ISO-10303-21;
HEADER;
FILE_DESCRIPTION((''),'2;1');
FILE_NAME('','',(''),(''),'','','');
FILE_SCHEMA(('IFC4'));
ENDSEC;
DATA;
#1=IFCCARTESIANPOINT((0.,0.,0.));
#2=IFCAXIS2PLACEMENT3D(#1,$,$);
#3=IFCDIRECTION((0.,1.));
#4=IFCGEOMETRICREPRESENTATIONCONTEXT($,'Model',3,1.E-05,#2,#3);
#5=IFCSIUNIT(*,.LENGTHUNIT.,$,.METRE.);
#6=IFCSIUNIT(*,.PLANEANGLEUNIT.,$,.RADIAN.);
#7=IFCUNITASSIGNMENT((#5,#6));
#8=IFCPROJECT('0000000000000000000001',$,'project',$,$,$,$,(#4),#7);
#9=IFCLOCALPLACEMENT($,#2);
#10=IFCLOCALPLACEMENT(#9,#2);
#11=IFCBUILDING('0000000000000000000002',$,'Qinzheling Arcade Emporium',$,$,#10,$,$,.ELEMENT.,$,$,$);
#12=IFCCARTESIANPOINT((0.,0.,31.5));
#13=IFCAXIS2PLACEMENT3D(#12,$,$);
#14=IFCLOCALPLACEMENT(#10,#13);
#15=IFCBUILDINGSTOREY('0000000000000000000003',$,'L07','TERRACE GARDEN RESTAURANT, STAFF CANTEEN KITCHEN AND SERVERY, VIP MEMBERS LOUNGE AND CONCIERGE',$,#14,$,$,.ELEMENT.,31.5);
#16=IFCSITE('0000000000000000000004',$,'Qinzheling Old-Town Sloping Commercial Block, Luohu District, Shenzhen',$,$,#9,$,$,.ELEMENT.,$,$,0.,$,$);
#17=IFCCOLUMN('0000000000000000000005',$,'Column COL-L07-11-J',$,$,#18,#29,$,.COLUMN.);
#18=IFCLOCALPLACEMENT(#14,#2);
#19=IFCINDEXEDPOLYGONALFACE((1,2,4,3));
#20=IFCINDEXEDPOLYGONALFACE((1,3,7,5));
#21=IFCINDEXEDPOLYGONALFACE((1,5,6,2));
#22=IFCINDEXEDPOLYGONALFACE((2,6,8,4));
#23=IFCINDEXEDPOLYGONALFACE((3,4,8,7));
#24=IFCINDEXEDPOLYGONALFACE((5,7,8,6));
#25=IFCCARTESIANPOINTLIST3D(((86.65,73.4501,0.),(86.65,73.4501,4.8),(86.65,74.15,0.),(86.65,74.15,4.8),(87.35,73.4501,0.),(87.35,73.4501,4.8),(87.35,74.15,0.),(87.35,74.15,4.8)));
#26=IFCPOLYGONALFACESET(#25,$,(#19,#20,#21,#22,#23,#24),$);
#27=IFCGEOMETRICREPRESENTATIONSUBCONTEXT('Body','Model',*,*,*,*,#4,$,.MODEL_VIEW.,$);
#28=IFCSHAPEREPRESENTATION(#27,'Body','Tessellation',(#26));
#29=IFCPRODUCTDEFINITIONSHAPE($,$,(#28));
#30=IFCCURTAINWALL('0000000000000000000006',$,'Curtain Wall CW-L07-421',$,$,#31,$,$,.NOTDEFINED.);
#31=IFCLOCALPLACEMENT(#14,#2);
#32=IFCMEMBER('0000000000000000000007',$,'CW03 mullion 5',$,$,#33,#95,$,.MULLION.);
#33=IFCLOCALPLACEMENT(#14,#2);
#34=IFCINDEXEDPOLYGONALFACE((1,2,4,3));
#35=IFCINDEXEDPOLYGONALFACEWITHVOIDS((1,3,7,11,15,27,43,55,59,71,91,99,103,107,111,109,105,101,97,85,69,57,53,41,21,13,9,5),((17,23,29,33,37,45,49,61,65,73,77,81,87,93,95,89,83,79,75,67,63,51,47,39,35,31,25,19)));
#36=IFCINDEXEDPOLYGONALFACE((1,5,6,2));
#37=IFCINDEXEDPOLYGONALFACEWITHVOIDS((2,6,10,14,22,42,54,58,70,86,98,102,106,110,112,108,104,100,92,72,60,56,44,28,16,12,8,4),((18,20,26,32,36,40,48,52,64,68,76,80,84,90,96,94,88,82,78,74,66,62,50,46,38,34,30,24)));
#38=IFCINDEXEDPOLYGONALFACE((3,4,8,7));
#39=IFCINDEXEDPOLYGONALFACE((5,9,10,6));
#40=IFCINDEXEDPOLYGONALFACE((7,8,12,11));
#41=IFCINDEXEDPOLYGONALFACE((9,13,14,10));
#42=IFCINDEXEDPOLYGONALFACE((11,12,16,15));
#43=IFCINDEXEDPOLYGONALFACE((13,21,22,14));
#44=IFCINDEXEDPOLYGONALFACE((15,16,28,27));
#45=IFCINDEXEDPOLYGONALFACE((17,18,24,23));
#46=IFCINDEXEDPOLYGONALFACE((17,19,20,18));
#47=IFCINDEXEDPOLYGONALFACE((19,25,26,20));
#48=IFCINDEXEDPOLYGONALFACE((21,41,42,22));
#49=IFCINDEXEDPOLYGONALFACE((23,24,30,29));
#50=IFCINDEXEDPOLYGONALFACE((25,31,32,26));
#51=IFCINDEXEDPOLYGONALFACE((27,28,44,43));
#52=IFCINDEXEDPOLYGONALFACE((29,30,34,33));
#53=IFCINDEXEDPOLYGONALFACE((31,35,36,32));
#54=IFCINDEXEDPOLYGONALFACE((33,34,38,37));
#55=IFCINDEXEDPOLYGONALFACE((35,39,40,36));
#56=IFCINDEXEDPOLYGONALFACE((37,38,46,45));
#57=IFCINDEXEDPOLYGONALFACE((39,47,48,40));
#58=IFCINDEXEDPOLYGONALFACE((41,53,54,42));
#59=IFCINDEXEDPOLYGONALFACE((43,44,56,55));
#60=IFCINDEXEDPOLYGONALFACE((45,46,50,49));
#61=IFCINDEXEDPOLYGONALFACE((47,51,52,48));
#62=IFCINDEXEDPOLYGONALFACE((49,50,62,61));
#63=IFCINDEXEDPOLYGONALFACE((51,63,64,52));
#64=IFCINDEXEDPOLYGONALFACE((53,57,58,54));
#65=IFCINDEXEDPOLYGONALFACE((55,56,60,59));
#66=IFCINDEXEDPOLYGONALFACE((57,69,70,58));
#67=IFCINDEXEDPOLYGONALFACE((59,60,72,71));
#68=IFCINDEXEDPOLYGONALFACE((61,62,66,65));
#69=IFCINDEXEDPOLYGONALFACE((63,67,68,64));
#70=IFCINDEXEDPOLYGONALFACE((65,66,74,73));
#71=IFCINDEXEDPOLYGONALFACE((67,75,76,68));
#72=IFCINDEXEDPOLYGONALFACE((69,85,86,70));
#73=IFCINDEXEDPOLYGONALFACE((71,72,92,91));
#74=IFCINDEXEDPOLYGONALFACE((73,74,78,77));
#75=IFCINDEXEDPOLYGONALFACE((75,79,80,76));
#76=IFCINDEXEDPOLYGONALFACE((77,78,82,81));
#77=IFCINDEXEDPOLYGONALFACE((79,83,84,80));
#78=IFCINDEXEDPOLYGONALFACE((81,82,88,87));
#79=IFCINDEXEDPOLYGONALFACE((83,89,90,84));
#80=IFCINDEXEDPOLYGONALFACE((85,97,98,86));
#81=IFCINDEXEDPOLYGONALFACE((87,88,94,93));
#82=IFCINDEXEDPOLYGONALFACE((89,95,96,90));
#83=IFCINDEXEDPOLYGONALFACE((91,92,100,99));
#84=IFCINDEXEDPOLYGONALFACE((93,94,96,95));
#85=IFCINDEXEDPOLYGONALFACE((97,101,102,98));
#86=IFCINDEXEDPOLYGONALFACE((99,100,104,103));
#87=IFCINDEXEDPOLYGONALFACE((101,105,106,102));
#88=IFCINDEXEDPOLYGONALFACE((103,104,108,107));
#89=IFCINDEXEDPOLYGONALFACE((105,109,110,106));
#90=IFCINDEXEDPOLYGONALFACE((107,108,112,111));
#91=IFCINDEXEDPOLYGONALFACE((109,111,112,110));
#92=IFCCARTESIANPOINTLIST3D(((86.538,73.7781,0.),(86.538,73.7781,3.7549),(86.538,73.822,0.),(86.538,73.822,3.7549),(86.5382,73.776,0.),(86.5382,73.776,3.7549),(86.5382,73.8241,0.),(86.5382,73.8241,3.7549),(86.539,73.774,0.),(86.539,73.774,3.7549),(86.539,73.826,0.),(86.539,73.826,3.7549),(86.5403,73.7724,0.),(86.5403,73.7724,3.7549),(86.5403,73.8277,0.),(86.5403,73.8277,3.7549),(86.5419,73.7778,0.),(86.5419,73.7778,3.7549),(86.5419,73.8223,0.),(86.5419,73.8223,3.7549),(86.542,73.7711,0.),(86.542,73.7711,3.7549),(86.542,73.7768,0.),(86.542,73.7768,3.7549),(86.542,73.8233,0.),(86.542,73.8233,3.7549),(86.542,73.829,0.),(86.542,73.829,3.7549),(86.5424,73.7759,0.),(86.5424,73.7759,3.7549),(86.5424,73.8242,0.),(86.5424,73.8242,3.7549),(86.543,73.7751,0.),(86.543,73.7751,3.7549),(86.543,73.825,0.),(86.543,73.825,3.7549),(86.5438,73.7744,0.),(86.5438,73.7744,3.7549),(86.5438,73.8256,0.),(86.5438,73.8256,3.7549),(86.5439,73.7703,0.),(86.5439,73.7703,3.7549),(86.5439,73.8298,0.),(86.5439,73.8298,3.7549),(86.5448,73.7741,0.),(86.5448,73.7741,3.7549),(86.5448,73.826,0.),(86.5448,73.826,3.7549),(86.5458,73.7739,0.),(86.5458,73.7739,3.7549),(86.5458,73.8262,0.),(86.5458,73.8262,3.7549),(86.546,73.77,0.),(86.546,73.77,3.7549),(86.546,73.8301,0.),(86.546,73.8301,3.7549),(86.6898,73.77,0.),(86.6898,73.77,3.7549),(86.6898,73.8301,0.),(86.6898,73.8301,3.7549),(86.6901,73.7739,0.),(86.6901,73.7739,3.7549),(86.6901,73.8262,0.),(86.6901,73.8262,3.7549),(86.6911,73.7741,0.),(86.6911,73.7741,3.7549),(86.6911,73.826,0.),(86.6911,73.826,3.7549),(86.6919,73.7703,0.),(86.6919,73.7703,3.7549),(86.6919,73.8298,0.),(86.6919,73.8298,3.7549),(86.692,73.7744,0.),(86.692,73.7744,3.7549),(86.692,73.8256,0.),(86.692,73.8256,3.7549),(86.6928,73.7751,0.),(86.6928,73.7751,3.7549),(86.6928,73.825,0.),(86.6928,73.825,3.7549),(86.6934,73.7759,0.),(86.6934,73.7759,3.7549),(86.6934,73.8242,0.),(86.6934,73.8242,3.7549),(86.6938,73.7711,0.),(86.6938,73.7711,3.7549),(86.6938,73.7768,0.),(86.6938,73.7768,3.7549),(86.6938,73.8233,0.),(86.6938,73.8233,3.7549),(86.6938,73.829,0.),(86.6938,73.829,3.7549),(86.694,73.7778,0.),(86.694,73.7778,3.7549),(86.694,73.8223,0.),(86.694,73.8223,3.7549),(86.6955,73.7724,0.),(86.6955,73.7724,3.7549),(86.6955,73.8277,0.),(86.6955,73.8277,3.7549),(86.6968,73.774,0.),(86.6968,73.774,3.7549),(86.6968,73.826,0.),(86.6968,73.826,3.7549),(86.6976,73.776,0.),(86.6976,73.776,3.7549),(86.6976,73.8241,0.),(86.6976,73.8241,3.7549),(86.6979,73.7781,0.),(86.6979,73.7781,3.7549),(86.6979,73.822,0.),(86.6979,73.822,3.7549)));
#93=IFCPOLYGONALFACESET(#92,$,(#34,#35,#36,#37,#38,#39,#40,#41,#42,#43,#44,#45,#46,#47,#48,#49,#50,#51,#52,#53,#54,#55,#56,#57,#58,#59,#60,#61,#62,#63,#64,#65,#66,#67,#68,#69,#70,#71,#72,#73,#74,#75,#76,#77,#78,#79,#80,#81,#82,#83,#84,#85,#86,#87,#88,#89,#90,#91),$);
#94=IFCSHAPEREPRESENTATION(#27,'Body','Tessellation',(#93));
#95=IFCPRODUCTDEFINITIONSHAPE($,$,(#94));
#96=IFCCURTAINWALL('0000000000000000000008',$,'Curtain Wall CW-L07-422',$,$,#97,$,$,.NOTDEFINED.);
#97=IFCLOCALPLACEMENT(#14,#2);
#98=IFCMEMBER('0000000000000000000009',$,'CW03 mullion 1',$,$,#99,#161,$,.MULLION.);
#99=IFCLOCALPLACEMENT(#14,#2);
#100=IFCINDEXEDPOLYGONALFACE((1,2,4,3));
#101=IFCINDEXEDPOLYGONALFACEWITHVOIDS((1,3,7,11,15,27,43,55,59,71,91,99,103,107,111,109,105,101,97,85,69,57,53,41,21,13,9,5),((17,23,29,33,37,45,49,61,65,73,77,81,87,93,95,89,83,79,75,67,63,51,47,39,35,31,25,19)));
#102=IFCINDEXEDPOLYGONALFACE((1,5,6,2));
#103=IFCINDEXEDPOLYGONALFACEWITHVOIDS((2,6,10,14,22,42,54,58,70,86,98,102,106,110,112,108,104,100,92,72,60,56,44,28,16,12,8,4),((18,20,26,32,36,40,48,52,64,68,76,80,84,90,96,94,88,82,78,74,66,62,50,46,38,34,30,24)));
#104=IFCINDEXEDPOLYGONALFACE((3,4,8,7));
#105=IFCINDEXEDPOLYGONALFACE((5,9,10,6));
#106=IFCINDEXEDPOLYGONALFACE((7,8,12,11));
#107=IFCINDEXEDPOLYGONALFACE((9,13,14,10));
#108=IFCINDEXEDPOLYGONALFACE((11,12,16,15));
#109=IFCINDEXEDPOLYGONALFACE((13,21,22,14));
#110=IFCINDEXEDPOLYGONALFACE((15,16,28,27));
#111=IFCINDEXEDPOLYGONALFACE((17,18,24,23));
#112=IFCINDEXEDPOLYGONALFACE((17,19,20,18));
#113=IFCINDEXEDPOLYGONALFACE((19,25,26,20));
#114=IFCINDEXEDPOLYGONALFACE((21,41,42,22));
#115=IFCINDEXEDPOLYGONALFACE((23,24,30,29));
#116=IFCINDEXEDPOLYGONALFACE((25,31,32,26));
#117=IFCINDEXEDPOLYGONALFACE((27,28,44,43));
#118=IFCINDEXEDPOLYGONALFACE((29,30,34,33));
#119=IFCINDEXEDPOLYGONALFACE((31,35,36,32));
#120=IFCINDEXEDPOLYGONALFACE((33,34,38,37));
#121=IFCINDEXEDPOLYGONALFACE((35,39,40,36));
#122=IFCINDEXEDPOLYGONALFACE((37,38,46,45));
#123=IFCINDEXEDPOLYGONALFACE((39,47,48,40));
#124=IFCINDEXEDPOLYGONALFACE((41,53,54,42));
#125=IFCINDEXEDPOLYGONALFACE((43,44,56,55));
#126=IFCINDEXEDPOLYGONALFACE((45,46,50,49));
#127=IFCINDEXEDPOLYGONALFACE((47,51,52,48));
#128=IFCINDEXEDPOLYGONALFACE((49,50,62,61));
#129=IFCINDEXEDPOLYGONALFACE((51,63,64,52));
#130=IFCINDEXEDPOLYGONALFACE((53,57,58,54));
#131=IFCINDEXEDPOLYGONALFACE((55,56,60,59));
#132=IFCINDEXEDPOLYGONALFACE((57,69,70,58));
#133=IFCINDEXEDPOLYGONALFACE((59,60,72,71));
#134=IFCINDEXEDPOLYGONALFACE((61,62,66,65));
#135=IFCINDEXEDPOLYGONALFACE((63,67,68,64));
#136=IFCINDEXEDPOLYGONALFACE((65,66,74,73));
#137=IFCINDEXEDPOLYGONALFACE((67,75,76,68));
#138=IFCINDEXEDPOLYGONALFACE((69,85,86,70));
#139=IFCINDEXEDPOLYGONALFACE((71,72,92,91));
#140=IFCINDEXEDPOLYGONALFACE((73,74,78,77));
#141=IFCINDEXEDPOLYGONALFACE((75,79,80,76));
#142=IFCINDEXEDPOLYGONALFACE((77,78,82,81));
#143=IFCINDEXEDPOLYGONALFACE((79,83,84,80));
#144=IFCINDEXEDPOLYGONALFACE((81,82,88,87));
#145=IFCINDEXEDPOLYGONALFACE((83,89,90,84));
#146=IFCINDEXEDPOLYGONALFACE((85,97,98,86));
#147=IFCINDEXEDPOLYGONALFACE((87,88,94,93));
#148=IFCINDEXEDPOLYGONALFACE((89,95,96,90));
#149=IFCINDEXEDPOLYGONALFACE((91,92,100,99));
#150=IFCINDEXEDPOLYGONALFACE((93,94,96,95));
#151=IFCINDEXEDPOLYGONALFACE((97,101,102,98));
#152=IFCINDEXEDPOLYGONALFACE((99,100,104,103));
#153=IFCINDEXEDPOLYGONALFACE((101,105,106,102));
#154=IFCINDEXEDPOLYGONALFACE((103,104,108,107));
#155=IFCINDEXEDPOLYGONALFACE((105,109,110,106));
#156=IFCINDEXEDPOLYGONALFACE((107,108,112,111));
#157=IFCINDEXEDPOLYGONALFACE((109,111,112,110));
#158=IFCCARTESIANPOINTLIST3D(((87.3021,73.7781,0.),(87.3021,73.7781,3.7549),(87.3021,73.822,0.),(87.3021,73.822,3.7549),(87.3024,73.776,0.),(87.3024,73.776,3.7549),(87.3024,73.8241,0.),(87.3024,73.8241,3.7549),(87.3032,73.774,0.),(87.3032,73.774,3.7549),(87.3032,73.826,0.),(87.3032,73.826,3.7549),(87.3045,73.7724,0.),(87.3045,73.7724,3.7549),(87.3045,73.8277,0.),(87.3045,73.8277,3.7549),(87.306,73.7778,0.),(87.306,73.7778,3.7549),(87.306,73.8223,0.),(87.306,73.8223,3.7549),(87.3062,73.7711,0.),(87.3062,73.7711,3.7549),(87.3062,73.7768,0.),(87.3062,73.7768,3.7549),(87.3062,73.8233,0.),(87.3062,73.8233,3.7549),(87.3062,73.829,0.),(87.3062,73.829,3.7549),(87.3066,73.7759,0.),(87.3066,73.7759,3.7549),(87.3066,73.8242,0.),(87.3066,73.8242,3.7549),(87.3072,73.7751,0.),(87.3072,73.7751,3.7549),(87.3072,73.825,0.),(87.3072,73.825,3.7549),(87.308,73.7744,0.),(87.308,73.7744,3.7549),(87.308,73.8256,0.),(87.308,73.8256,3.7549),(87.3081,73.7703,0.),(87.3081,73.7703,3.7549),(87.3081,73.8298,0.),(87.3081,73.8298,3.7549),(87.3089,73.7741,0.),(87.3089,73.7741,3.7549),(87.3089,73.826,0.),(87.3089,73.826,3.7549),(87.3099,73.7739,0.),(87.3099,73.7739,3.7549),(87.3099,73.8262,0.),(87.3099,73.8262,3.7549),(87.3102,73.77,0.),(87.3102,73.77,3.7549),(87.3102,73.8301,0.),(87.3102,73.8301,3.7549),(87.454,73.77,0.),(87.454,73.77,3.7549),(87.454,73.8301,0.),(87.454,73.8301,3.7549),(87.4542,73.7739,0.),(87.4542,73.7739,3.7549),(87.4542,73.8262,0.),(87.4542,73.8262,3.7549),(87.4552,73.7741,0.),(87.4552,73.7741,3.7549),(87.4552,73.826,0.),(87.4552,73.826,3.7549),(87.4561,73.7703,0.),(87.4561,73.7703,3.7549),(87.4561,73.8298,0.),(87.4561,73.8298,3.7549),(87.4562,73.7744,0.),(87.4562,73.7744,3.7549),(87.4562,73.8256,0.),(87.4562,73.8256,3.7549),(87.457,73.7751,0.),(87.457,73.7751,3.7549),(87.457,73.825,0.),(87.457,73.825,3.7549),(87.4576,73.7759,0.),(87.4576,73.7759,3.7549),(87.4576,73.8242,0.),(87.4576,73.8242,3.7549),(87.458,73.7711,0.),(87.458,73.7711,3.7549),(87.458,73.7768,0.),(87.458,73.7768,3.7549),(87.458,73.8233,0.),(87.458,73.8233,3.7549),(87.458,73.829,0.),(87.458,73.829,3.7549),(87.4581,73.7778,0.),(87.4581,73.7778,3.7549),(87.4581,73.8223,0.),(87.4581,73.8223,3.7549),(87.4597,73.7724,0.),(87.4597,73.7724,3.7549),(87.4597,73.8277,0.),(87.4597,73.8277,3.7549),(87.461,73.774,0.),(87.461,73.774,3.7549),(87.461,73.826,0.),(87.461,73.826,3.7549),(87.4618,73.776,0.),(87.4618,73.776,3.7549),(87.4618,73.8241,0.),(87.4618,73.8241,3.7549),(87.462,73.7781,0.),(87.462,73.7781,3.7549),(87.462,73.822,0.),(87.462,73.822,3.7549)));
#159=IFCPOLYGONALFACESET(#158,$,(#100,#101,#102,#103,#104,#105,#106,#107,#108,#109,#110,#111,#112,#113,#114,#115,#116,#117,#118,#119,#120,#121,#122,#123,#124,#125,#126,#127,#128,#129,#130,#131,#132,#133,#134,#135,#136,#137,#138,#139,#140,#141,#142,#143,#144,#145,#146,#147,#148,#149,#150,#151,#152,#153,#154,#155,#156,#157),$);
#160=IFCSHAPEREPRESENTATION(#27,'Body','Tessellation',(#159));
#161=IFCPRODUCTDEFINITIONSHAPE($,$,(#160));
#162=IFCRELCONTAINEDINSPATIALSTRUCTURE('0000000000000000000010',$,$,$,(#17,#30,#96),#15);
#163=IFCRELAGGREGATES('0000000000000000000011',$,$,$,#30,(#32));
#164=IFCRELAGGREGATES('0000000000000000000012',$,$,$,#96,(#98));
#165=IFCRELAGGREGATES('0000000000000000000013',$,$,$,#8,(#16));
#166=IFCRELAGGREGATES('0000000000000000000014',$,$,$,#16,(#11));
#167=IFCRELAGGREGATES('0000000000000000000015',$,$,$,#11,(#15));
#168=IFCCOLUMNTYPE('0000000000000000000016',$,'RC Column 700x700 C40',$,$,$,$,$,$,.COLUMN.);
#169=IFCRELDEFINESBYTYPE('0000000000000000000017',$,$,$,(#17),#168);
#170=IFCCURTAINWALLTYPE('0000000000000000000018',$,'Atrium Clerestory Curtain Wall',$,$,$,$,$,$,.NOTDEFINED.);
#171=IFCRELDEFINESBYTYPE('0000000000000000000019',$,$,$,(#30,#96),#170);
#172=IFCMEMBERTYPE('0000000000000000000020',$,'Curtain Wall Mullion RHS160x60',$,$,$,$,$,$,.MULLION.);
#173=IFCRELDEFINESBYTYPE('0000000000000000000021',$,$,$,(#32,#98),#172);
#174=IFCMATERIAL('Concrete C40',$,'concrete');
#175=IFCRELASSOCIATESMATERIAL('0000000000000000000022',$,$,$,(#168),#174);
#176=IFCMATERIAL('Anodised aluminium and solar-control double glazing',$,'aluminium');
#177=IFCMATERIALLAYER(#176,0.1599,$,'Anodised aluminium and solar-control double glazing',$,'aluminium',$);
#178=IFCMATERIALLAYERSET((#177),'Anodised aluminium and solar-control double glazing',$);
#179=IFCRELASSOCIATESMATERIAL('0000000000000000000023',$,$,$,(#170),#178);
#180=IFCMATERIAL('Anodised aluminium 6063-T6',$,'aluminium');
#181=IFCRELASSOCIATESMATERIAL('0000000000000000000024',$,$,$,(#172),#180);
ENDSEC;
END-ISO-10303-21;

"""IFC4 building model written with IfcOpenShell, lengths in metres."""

from ifc_helpers import new_model, si_unit, direction, frame, origin, origin_2d, place, context, subcontext, project, spatial, rectangle, hollow_rectangle, extrude, material, layer, layer_set, material_profile, profile_set, type_object, element, aggregate, save


model = new_model("IFC4")

# Units and contexts
model_context = context("Model", 3, precision=1e-05, world=origin(), true_north=direction((0.0, 1.0)))
body_context = subcontext(model_context, "Body", "Model", "MODEL_VIEW")
ifc_project = project(units=[si_unit("LENGTHUNIT", "METRE"), si_unit("PLANEANGLEUNIT", "RADIAN")], contexts=[model_context])

# Site, building, storey
site_placement = place(None, origin())
site = spatial("IfcSite", under=ifc_project, at=site_placement, Name="Qinzheling Old-Town Sloping Commercial Block, Luohu District, Shenzhen", CompositionType="ELEMENT", RefElevation=0.0)
building_placement = place(site_placement, origin())
building = spatial("IfcBuilding", under=site, at=building_placement, Name="Qinzheling Arcade Emporium", CompositionType="ELEMENT")
storey_placement = place(building_placement, frame((0.0, 0.0, 31.5)))
storey = spatial("IfcBuildingStorey", under=building, at=storey_placement, Name="L07", Description="TERRACE GARDEN RESTAURANT, STAFF CANTEEN KITCHEN AND SERVERY, VIP MEMBERS LOUNGE AND CONCIERGE", CompositionType="ELEMENT", Elevation=31.5)

# Column
ifc_material_1 = material(Name="Concrete C40", Category="concrete")
ifc_material_profile_1 = material_profile(ifc_material_1, rectangle(XDim=0.7, YDim=0.7, at=origin_2d()), Name="RC 700x700", Category="concrete")
ifc_profile_set_1 = profile_set([ifc_material_profile_1], Name="Concrete C40")
column_type = type_object("IfcColumnType", Name="RC Column 700x700 C40", PredefinedType="COLUMN", material=ifc_profile_set_1)
column_placement = place(storey_placement, frame((87.0, 73.8, 0.0), z_axis=(0.0, 0.0, 1.0), x_axis=(1.0, 0.0, 0.0)))
element("IfcColumn", 1, at=column_placement, inside=storey, type_object=column_type, Name="Column COL-L07-11-J", PredefinedType="COLUMN", context=body_context, shape_type="SweptSolid", body=[
    extrude(rectangle(XDim=0.7, YDim=0.7, at=origin_2d()), origin(), (0.0, 0.0, 1.0), 4.8),
])

# Curtain wall, member
ifc_material_2 = material(Name="Anodised aluminium and solar-control double glazing", Category="aluminium")
ifc_layer_1 = layer(ifc_material_2, 0.1599, Name="Anodised aluminium and solar-control double glazing", Category="aluminium")
ifc_layer_set_1 = layer_set([ifc_layer_1], Name="Anodised aluminium and solar-control double glazing")
curtain_wall_type = type_object("IfcCurtainWallType", Name="Atrium Clerestory Curtain Wall", PredefinedType="NOTDEFINED", material=ifc_layer_set_1)
curtain_wall_1_placement = place(storey_placement, origin())
curtain_wall_1 = element("IfcCurtainWall", 2, at=curtain_wall_1_placement, inside=storey, type_object=curtain_wall_type, Name="Curtain Wall CW-L07-421", PredefinedType="NOTDEFINED")
ifc_material_3 = material(Name="Anodised aluminium 6063-T6", Category="aluminium")
ifc_material_profile_2 = material_profile(ifc_material_3, hollow_rectangle(XDim=0.0601, YDim=0.1599, WallThickness=0.0039, InnerFilletRadius=0.0039, OuterFilletRadius=0.0081, at=origin_2d()), Name="RHS 160x60x4", Category="aluminium")
ifc_profile_set_2 = profile_set([ifc_material_profile_2], Name="Anodised aluminium 6063-T6")
member_type_1 = type_object("IfcMemberType", Name="Curtain Wall Mullion RHS160x60", PredefinedType="MULLION", material=ifc_profile_set_2)
member_1_placement = place(storey_placement, frame((86.6179, 73.8, 0.0), z_axis=(0.0, 0.0, 1.0), x_axis=(0.0, 1.0, 0.0)))
member_1 = element("IfcMember", 3, at=member_1_placement, type_object=member_type_1, Name="CW03 mullion 5", PredefinedType="MULLION", context=body_context, shape_type="SweptSolid", body=[
    extrude(hollow_rectangle(XDim=0.0601, YDim=0.1599, WallThickness=0.0039, InnerFilletRadius=0.0039, OuterFilletRadius=0.0081, at=origin_2d()), origin(), (0.0, 0.0, 1.0), 3.7549),
])

# Curtain wall, member
curtain_wall_2_placement = place(storey_placement, origin())
curtain_wall_2 = element("IfcCurtainWall", 4, at=curtain_wall_2_placement, inside=storey, type_object=curtain_wall_type, Name="Curtain Wall CW-L07-422", PredefinedType="NOTDEFINED")
member_2_placement = place(storey_placement, frame((87.3821, 73.8, 0.0), z_axis=(0.0, 0.0, 1.0), x_axis=(0.0, 1.0, 0.0)))
member_2 = element("IfcMember", 5, at=member_2_placement, type_object=member_type_1, Name="CW03 mullion 1", PredefinedType="MULLION", context=body_context, shape_type="SweptSolid", body=[
    extrude(hollow_rectangle(XDim=0.0601, YDim=0.1599, WallThickness=0.0039, InnerFilletRadius=0.0039, OuterFilletRadius=0.0081, at=origin_2d()), origin(), (0.0, 0.0, 1.0), 3.7549),
])

aggregate(curtain_wall_1, [member_1])
aggregate(curtain_wall_2, [member_2])

save(model, "model.ifc")
